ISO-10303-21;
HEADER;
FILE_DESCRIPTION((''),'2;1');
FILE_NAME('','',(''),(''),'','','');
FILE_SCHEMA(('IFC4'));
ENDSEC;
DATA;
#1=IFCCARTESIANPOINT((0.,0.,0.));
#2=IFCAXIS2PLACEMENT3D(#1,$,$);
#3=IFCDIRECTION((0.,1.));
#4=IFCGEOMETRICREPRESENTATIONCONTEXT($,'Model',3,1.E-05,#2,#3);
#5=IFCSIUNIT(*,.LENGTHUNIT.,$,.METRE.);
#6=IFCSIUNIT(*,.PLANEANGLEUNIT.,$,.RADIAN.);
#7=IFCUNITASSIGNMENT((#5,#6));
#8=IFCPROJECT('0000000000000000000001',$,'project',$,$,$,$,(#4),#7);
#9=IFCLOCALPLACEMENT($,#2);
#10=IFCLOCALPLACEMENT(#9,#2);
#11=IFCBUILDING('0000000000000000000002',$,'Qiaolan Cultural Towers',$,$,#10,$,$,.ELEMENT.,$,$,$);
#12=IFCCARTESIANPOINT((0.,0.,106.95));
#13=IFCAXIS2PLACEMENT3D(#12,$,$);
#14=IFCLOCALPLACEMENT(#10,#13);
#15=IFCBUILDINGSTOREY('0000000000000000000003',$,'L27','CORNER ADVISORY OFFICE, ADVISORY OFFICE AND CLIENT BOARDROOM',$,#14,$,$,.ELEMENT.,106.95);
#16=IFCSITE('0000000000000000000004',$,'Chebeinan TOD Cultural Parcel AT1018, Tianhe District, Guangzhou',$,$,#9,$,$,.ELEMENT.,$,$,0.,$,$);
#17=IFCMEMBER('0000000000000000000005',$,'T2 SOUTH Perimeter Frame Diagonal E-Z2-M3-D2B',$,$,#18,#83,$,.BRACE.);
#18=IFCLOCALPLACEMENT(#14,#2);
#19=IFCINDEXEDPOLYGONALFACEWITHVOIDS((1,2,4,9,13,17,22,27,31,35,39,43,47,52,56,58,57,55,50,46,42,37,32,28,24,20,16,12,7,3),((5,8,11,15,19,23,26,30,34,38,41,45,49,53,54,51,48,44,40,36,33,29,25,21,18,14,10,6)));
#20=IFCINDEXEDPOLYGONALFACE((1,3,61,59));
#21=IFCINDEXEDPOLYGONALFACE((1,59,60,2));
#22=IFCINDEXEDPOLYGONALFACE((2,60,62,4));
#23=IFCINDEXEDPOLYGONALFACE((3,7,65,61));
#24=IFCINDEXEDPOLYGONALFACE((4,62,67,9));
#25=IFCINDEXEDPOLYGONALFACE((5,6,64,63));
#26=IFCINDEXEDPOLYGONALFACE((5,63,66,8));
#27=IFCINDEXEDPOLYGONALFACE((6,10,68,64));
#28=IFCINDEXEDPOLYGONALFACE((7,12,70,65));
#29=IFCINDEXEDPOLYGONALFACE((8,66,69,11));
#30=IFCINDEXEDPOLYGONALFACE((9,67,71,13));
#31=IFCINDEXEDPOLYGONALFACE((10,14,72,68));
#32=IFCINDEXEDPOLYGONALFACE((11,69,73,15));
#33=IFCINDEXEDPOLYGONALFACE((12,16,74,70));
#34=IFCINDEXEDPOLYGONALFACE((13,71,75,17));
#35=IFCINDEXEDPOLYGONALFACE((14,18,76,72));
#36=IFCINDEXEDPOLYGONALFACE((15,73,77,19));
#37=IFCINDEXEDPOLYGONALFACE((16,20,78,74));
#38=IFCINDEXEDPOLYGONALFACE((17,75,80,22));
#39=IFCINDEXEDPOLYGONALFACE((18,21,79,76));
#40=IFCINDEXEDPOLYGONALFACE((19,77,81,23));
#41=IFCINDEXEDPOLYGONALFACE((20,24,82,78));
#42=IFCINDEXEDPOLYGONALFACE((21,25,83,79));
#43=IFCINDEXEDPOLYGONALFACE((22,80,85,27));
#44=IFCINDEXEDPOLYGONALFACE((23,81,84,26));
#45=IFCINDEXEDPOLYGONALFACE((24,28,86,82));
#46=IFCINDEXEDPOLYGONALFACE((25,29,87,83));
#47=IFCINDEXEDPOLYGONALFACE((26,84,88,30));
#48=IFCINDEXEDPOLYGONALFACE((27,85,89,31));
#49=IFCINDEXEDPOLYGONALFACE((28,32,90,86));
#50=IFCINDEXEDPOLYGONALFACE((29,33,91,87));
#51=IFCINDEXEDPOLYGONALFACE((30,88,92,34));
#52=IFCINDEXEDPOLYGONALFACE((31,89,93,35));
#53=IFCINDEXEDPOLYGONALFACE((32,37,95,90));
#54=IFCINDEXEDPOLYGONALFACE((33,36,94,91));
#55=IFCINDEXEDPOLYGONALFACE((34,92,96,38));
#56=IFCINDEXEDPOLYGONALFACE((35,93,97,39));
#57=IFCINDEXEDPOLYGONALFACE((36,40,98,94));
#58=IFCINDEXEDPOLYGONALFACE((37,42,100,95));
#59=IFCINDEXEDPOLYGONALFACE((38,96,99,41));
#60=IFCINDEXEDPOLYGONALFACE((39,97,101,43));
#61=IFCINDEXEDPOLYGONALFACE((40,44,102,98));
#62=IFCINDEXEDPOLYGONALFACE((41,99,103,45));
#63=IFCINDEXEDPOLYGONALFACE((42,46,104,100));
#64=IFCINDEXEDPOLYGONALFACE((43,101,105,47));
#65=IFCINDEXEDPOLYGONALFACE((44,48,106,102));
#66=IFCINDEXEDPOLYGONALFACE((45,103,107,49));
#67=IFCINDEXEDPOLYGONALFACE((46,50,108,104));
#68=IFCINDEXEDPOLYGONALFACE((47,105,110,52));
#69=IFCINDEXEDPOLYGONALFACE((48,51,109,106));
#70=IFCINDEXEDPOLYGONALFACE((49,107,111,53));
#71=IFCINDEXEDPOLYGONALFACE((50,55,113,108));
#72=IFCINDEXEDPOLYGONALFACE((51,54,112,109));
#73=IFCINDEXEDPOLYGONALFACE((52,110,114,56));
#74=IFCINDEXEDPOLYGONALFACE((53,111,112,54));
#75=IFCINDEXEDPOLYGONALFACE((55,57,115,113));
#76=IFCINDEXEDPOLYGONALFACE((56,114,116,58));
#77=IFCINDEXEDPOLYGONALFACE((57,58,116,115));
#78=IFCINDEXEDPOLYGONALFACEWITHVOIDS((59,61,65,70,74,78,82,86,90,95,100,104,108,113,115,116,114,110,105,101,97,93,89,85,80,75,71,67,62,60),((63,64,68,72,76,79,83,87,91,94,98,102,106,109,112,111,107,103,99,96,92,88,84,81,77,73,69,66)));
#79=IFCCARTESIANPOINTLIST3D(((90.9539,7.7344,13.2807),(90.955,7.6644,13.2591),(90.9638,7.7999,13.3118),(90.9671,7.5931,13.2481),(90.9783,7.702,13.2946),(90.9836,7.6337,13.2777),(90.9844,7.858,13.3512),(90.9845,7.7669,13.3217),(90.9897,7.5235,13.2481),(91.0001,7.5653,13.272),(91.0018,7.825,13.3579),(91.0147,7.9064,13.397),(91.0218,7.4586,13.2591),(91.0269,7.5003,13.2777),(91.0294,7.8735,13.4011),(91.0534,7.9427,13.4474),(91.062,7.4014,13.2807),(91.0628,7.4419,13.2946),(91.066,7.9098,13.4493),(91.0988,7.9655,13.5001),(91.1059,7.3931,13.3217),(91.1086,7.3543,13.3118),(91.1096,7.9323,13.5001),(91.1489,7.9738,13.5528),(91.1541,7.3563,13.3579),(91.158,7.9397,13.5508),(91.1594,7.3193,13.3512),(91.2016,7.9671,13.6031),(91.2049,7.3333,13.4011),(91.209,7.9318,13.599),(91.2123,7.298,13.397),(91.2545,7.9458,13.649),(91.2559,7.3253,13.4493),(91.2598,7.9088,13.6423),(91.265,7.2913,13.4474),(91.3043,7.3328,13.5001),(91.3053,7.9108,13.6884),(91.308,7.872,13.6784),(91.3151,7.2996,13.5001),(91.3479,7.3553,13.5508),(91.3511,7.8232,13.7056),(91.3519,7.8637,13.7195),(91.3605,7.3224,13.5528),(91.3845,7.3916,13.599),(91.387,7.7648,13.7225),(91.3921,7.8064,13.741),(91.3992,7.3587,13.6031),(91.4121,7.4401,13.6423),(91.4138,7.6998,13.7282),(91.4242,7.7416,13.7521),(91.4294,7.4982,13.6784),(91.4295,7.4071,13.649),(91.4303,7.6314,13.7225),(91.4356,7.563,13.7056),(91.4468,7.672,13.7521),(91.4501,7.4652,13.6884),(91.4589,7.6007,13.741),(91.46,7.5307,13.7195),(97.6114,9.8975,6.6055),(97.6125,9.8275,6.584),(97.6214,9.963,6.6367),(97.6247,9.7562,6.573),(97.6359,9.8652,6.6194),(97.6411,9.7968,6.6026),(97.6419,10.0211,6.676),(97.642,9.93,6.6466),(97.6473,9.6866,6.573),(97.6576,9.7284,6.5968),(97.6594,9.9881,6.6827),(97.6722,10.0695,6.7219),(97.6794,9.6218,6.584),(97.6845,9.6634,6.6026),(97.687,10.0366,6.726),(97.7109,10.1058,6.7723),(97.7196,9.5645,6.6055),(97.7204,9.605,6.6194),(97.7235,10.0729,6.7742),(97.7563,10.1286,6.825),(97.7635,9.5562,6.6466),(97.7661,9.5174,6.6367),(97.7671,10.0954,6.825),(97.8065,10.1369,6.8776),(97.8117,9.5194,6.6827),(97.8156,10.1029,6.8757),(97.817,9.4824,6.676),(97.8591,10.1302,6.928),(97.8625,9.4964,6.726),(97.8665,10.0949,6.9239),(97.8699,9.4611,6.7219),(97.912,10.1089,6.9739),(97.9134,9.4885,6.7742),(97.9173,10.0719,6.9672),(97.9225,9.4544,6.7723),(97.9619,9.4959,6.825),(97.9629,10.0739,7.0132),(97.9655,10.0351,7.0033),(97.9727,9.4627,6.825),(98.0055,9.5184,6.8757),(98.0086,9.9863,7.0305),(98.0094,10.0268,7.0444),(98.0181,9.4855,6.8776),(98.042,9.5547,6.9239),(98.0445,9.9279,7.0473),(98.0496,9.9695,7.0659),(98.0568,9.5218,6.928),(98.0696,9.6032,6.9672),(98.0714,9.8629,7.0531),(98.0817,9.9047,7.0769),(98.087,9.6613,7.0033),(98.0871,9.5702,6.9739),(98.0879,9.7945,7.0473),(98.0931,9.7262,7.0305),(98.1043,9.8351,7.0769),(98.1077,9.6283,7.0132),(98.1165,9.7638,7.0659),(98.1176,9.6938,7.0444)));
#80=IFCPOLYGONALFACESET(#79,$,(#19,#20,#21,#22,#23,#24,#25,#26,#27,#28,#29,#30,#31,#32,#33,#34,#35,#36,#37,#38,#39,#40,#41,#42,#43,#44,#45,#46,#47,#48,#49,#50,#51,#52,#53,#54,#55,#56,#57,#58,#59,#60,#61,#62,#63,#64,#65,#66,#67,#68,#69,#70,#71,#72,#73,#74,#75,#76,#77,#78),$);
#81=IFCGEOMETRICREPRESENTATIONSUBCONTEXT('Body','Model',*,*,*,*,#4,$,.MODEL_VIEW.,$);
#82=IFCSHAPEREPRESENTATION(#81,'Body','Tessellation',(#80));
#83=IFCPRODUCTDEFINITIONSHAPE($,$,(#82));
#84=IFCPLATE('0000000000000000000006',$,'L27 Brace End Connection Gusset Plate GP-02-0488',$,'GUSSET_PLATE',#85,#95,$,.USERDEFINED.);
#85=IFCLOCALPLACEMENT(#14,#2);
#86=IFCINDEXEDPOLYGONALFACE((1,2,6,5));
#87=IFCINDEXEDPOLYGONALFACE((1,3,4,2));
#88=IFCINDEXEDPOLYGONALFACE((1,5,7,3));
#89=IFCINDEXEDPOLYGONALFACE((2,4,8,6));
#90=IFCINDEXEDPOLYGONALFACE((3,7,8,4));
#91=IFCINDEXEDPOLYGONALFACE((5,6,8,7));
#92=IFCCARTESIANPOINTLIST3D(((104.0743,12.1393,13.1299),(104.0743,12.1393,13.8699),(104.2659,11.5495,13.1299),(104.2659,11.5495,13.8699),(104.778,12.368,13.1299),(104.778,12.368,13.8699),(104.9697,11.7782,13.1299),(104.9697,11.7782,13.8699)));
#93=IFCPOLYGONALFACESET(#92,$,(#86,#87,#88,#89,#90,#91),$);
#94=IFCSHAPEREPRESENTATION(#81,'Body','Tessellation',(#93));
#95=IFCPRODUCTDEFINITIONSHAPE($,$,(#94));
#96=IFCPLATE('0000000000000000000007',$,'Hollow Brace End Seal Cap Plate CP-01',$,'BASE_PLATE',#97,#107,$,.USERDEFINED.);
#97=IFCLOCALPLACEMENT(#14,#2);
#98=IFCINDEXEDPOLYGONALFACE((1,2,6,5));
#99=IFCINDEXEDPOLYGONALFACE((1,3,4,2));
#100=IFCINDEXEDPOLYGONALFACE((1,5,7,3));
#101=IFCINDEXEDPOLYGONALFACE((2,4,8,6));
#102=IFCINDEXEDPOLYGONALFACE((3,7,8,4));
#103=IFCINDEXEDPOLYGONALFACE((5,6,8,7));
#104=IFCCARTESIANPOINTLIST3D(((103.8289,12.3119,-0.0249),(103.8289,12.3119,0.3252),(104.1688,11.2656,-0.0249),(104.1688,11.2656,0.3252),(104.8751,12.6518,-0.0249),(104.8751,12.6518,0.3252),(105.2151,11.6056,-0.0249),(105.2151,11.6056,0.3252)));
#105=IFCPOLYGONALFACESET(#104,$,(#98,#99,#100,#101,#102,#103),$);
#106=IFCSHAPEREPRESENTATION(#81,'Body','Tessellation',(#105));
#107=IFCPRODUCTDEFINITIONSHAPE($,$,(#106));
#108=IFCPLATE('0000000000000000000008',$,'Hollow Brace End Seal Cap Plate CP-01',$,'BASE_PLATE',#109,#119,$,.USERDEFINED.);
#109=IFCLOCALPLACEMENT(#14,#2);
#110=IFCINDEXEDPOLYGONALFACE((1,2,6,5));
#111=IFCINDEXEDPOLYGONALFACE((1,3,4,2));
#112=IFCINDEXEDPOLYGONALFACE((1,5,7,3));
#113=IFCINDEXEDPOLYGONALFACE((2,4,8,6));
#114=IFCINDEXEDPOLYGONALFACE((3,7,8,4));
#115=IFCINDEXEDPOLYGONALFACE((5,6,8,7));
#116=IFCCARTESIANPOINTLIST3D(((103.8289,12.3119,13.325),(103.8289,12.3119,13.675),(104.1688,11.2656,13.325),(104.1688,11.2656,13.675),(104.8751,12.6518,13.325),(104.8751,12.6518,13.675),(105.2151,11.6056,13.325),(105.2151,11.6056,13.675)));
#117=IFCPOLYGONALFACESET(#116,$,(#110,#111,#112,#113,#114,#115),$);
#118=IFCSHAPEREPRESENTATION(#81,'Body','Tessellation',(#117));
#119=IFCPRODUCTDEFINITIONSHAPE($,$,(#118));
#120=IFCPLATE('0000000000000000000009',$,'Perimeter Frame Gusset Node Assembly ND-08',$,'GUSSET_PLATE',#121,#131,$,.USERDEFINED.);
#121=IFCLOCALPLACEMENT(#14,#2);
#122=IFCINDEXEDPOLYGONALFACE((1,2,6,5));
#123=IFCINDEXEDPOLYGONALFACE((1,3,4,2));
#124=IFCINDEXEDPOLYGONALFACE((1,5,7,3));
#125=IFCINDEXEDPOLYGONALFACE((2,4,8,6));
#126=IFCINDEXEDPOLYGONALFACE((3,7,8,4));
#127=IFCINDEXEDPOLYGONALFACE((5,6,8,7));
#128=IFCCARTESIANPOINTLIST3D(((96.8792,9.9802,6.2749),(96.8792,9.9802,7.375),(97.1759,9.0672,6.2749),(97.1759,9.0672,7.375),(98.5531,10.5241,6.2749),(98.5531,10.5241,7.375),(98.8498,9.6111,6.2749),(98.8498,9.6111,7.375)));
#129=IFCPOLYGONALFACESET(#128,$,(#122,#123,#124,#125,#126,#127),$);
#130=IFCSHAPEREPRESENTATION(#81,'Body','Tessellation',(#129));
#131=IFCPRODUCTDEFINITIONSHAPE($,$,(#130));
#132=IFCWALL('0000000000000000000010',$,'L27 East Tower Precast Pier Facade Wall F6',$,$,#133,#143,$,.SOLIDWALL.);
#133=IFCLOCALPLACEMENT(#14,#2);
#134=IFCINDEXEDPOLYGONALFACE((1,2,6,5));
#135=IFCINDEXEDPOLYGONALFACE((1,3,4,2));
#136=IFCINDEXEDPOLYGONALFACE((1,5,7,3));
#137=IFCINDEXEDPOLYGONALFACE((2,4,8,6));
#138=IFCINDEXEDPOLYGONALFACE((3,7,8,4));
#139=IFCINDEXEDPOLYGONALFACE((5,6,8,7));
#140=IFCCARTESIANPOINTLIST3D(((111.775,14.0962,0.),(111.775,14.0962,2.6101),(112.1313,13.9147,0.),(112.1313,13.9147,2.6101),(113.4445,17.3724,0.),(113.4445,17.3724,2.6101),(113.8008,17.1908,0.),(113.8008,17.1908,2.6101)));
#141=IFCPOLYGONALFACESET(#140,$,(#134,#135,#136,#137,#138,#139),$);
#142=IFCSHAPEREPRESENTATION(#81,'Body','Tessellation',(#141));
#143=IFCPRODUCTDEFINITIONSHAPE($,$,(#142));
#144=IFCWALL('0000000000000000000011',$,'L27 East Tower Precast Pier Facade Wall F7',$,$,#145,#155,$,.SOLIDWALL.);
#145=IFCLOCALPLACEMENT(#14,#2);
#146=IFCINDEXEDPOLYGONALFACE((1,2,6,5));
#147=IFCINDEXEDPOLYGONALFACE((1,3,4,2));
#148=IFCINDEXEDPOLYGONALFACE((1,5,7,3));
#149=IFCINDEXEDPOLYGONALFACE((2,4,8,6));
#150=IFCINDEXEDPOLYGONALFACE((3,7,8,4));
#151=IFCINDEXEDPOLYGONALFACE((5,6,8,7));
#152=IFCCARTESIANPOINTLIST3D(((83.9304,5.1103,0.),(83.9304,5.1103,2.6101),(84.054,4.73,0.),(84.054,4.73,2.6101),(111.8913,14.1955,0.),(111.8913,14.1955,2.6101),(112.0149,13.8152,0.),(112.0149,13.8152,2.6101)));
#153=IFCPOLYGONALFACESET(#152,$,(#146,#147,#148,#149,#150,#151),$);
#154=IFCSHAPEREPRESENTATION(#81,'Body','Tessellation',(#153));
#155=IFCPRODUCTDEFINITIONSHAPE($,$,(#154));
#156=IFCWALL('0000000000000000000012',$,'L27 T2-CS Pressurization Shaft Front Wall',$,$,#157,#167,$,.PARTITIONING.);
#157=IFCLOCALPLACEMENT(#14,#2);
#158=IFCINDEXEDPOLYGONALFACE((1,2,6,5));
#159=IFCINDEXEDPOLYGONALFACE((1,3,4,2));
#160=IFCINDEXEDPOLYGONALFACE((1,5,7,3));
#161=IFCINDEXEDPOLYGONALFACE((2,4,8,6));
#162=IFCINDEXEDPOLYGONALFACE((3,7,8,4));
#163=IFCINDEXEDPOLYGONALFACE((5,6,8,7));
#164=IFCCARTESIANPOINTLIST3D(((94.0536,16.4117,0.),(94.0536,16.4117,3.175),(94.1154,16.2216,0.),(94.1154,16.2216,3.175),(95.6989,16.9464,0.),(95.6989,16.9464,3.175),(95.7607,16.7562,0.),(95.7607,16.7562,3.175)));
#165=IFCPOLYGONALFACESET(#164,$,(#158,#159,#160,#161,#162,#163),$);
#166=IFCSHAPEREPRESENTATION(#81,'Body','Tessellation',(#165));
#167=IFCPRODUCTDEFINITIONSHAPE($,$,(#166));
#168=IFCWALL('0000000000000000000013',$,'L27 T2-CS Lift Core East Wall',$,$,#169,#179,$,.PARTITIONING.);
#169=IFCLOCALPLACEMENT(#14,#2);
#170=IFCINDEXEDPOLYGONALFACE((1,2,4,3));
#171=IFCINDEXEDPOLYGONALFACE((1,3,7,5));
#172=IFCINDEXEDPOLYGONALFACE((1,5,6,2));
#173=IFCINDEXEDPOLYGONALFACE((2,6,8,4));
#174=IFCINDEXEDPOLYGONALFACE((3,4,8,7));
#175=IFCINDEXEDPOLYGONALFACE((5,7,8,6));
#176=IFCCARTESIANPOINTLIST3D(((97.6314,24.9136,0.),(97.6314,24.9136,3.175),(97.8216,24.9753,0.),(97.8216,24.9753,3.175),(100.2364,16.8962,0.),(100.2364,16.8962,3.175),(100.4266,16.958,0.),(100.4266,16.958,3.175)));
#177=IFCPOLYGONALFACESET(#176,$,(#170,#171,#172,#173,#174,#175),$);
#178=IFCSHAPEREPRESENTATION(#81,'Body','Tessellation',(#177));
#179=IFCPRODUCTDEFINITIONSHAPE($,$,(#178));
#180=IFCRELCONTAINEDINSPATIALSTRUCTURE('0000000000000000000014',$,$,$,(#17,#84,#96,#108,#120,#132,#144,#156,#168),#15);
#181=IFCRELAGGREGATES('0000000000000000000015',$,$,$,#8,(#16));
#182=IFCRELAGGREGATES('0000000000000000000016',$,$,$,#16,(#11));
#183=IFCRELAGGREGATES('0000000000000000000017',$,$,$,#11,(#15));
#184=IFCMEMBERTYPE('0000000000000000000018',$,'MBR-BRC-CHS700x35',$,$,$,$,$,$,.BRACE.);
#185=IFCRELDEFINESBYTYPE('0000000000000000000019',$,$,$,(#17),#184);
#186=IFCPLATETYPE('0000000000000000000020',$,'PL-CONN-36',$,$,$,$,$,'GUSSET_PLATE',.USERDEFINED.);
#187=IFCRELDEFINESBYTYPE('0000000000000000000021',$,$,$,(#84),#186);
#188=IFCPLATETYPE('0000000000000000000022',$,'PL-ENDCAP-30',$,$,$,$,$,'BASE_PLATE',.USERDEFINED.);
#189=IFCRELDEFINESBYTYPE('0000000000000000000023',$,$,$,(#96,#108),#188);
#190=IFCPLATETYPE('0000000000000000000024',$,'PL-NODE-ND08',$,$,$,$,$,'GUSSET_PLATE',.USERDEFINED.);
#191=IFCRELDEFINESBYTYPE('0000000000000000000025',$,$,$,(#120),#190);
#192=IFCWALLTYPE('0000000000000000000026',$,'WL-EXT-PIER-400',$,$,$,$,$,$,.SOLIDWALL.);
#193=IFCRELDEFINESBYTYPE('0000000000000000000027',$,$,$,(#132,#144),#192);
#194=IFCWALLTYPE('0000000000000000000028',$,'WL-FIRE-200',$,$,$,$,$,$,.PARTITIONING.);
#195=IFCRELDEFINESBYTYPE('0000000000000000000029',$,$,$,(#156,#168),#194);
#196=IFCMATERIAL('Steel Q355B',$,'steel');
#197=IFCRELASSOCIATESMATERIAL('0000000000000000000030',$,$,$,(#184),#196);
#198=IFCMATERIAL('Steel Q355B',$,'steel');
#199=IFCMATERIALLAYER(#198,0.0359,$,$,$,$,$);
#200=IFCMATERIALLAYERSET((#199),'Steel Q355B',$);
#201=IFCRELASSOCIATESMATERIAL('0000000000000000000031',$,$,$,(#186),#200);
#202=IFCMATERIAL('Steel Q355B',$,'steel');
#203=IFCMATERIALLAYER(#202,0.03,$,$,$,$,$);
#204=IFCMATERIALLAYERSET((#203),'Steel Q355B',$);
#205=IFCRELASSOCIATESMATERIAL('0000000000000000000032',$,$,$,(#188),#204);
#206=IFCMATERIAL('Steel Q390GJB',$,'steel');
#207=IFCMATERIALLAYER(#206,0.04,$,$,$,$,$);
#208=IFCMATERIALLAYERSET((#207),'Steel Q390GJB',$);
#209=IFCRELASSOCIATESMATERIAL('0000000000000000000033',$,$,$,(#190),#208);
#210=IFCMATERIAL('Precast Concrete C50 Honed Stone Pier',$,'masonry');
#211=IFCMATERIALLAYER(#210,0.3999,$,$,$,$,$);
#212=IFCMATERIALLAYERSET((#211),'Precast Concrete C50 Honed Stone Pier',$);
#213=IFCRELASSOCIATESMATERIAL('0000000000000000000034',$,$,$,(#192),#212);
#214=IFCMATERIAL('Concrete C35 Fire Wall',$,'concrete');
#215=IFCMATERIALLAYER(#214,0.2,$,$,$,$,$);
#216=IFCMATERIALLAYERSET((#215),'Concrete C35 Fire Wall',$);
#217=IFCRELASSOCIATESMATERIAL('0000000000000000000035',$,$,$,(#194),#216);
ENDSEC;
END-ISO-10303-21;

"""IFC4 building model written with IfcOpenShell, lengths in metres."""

from ifc_helpers import new_model, si_unit, direction, frame, frame_2d, origin, origin_2d, place, context, subcontext, project, spatial, rectangle, hollow_circle, extrude, material, layer, layer_set, material_profile, profile_set, type_object, element, save


model = new_model("IFC4")

# Units and contexts
model_context = context("Model", 3, precision=1e-05, world=origin(), true_north=direction((0.0, 1.0)))
body_context = subcontext(model_context, "Body", "Model", "MODEL_VIEW")
ifc_project = project(units=[si_unit("LENGTHUNIT", "METRE"), si_unit("PLANEANGLEUNIT", "RADIAN")], contexts=[model_context])

# Site, building, storey
site_placement = place(None, origin())
site = spatial("IfcSite", under=ifc_project, at=site_placement, Name="Chebeinan TOD Cultural Parcel AT1018, Tianhe District, Guangzhou", CompositionType="ELEMENT", RefElevation=0.0)
building_placement = place(site_placement, origin())
building = spatial("IfcBuilding", under=site, at=building_placement, Name="Qiaolan Cultural Towers", CompositionType="ELEMENT")
storey_placement = place(building_placement, frame((0.0, 0.0, 106.95)))
storey = spatial("IfcBuildingStorey", under=building, at=storey_placement, Name="L27", Description="CORNER ADVISORY OFFICE, ADVISORY OFFICE AND CLIENT BOARDROOM", CompositionType="ELEMENT", Elevation=106.95)

# Member
ifc_material_1 = material(Name="Steel Q355B", Category="steel")
ifc_material_profile_1 = material_profile(ifc_material_1, hollow_circle(Radius=0.3501, WallThickness=0.0349, at=origin_2d()), Name="CHS700x35")
ifc_profile_set_1 = profile_set([ifc_material_profile_1], Name="Steel Q355B")
member_type = type_object("IfcMemberType", Name="MBR-BRC-CHS700x35", PredefinedType="BRACE", material=ifc_profile_set_1)
member_1_placement = place(storey_placement, frame((97.8645, 9.7957, 6.825), z_axis=(-0.688289, -0.223633, 0.690106), x_axis=(0.30901, -0.951059, 0.0)))
element("IfcMember", 1, at=member_1_placement, inside=storey, type_object=member_type, Name="T2 SOUTH Perimeter Frame Diagonal E-Z2-M3-D2B", PredefinedType="BRACE", context=body_context, shape_type="SweptSolid", body=[
    extrude(hollow_circle(Radius=0.3501, WallThickness=0.0349, at=origin_2d()), origin(), (0.0, 0.0, 1.0), 9.6726),
])

# Plates
ifc_material_2 = material(Name="Steel Q355B", Category="steel")
ifc_layer_1 = layer(ifc_material_2, 0.0359)
ifc_layer_set_1 = layer_set([ifc_layer_1], Name="Steel Q355B")
plate_type_1 = type_object("IfcPlateType", Name="PL-CONN-36", ElementType="GUSSET_PLATE", PredefinedType="USERDEFINED", material=ifc_layer_set_1)
plate_1_placement = place(storey_placement, frame((104.522, 11.9587, 13.1299), z_axis=(0.0, 0.0, 1.0), x_axis=(0.951057, 0.309017, 0.0)))
element("IfcPlate", 2, at=plate_1_placement, inside=storey, type_object=plate_type_1, Name="L27 Brace End Connection Gusset Plate GP-02-0488", ObjectType="GUSSET_PLATE", PredefinedType="USERDEFINED", context=body_context, shape_type="SweptSolid", body=[
    extrude(rectangle(XDim=0.74, YDim=0.6201, at=origin_2d()), origin(), (0.0, 0.0, 1.0), 0.74),
])
ifc_material_3 = material(Name="Steel Q355B", Category="steel")
ifc_layer_2 = layer(ifc_material_3, 0.03)
ifc_layer_set_2 = layer_set([ifc_layer_2], Name="Steel Q355B")
plate_type_2 = type_object("IfcPlateType", Name="PL-ENDCAP-30", ElementType="BASE_PLATE", PredefinedType="USERDEFINED", material=ifc_layer_set_2)
for number, where, z_axis, x_axis, name in (
    (3, (104.522, 11.9587, -0.0249), (0.0, 0.0, 1.0), (0.951057, 0.309017, 0.0), "Hollow Brace End Seal Cap Plate CP-01"),
    (4, (104.522, 11.9587, 13.325), (0.0, 0.0, 1.0), (0.951057, 0.309017, 0.0), "Hollow Brace End Seal Cap Plate CP-01"),
):
    element("IfcPlate", number, at=place(storey_placement, frame(where, z_axis=z_axis, x_axis=x_axis)), inside=storey, type_object=plate_type_2, Name=name, ObjectType="BASE_PLATE", PredefinedType="USERDEFINED", context=body_context, shape_type="SweptSolid", body=[
        extrude(rectangle(XDim=1.1001, YDim=1.1001, at=origin_2d()), origin(), (0.0, 0.0, 1.0), 0.3501),
    ])
ifc_material_4 = material(Name="Steel Q390GJB", Category="steel")
ifc_layer_3 = layer(ifc_material_4, 0.04)
ifc_layer_set_3 = layer_set([ifc_layer_3], Name="Steel Q390GJB")
plate_type_3 = type_object("IfcPlateType", Name="PL-NODE-ND08", ElementType="GUSSET_PLATE", PredefinedType="USERDEFINED", material=ifc_layer_set_3)
plate_2_placement = place(storey_placement, frame((97.8645, 9.7957, 6.2749), z_axis=(0.0, 0.0, 1.0), x_axis=(0.951057, 0.309017, 0.0)))
element("IfcPlate", 5, at=plate_2_placement, inside=storey, type_object=plate_type_3, Name="Perimeter Frame Gusset Node Assembly ND-08", ObjectType="GUSSET_PLATE", PredefinedType="USERDEFINED", context=body_context, shape_type="SweptSolid", body=[
    extrude(rectangle(XDim=1.76, YDim=0.96, at=origin_2d()), origin(), (0.0, 0.0, 1.0), 1.1001),
])

# Walls
ifc_material_5 = material(Name="Precast Concrete C50 Honed Stone Pier", Category="masonry")
ifc_layer_4 = layer(ifc_material_5, 0.3999)
ifc_layer_set_4 = layer_set([ifc_layer_4], Name="Precast Concrete C50 Honed Stone Pier")
wall_type_1 = type_object("IfcWallType", Name="WL-EXT-PIER-400", PredefinedType="SOLIDWALL", material=ifc_layer_set_4)
wall_1_placement = place(storey_placement, frame((113.6226, 17.2815, 0.0), z_axis=(0.0, 0.0, 1.0), x_axis=(-0.454026, -0.890988, 0.0)))
element("IfcWall", 6, at=wall_1_placement, inside=storey, type_object=wall_type_1, Name="L27 East Tower Precast Pier Facade Wall F6", PredefinedType="SOLIDWALL", context=body_context, shape_type="SweptSolid", body=[
    extrude(rectangle(XDim=3.677, YDim=0.3999, at=frame_2d((1.8384, 0.0))), origin(), (0.0, 0.0, 1.0), 2.6101),
])
wall_2_placement = place(storey_placement, frame((111.9531, 14.0054, 0.0), z_axis=(0.0, 0.0, 1.0), x_axis=(-0.951055, -0.309021, 0.0)))
element("IfcWall", 7, at=wall_2_placement, inside=storey, type_object=wall_type_1, Name="L27 East Tower Precast Pier Facade Wall F7", PredefinedType="SOLIDWALL", context=body_context, shape_type="SweptSolid", body=[
    extrude(rectangle(XDim=29.3999, YDim=0.3999, at=frame_2d((14.7, 0.0))), origin(), (0.0, 0.0, 1.0), 2.6101),
])
ifc_material_6 = material(Name="Concrete C35 Fire Wall", Category="concrete")
ifc_layer_5 = layer(ifc_material_6, 0.2)
ifc_layer_set_5 = layer_set([ifc_layer_5], Name="Concrete C35 Fire Wall")
wall_type_2 = type_object("IfcWallType", Name="WL-FIRE-200", PredefinedType="PARTITIONING", material=ifc_layer_set_5)
wall_3_placement = place(storey_placement, frame((94.0845, 16.3167, 0.0), z_axis=(0.0, 0.0, 1.0), x_axis=(0.951041, 0.309064, 0.0)))
element("IfcWall", 8, at=wall_3_placement, inside=storey, type_object=wall_type_2, Name="L27 T2-CS Pressurization Shaft Front Wall", PredefinedType="PARTITIONING", context=body_context, shape_type="SweptSolid", body=[
    extrude(rectangle(XDim=1.73, YDim=0.2, at=frame_2d((0.865, 0.0))), origin(), (0.0, 0.0, 1.0), 3.175),
])
wall_4_placement = place(storey_placement, frame((97.7266, 24.9443, 0.0), z_axis=(0.0, 0.0, 1.0), x_axis=(0.309016, -0.951057, 0.0)))
element("IfcWall", 9, at=wall_4_placement, inside=storey, type_object=wall_type_2, Name="L27 T2-CS Lift Core East Wall", PredefinedType="PARTITIONING", context=body_context, shape_type="SweptSolid", body=[
    extrude(rectangle(XDim=8.4299, YDim=0.2, at=frame_2d((4.2148, 0.0))), origin(), (0.0, 0.0, 1.0), 3.175),
])

save(model, "model.ifc")
